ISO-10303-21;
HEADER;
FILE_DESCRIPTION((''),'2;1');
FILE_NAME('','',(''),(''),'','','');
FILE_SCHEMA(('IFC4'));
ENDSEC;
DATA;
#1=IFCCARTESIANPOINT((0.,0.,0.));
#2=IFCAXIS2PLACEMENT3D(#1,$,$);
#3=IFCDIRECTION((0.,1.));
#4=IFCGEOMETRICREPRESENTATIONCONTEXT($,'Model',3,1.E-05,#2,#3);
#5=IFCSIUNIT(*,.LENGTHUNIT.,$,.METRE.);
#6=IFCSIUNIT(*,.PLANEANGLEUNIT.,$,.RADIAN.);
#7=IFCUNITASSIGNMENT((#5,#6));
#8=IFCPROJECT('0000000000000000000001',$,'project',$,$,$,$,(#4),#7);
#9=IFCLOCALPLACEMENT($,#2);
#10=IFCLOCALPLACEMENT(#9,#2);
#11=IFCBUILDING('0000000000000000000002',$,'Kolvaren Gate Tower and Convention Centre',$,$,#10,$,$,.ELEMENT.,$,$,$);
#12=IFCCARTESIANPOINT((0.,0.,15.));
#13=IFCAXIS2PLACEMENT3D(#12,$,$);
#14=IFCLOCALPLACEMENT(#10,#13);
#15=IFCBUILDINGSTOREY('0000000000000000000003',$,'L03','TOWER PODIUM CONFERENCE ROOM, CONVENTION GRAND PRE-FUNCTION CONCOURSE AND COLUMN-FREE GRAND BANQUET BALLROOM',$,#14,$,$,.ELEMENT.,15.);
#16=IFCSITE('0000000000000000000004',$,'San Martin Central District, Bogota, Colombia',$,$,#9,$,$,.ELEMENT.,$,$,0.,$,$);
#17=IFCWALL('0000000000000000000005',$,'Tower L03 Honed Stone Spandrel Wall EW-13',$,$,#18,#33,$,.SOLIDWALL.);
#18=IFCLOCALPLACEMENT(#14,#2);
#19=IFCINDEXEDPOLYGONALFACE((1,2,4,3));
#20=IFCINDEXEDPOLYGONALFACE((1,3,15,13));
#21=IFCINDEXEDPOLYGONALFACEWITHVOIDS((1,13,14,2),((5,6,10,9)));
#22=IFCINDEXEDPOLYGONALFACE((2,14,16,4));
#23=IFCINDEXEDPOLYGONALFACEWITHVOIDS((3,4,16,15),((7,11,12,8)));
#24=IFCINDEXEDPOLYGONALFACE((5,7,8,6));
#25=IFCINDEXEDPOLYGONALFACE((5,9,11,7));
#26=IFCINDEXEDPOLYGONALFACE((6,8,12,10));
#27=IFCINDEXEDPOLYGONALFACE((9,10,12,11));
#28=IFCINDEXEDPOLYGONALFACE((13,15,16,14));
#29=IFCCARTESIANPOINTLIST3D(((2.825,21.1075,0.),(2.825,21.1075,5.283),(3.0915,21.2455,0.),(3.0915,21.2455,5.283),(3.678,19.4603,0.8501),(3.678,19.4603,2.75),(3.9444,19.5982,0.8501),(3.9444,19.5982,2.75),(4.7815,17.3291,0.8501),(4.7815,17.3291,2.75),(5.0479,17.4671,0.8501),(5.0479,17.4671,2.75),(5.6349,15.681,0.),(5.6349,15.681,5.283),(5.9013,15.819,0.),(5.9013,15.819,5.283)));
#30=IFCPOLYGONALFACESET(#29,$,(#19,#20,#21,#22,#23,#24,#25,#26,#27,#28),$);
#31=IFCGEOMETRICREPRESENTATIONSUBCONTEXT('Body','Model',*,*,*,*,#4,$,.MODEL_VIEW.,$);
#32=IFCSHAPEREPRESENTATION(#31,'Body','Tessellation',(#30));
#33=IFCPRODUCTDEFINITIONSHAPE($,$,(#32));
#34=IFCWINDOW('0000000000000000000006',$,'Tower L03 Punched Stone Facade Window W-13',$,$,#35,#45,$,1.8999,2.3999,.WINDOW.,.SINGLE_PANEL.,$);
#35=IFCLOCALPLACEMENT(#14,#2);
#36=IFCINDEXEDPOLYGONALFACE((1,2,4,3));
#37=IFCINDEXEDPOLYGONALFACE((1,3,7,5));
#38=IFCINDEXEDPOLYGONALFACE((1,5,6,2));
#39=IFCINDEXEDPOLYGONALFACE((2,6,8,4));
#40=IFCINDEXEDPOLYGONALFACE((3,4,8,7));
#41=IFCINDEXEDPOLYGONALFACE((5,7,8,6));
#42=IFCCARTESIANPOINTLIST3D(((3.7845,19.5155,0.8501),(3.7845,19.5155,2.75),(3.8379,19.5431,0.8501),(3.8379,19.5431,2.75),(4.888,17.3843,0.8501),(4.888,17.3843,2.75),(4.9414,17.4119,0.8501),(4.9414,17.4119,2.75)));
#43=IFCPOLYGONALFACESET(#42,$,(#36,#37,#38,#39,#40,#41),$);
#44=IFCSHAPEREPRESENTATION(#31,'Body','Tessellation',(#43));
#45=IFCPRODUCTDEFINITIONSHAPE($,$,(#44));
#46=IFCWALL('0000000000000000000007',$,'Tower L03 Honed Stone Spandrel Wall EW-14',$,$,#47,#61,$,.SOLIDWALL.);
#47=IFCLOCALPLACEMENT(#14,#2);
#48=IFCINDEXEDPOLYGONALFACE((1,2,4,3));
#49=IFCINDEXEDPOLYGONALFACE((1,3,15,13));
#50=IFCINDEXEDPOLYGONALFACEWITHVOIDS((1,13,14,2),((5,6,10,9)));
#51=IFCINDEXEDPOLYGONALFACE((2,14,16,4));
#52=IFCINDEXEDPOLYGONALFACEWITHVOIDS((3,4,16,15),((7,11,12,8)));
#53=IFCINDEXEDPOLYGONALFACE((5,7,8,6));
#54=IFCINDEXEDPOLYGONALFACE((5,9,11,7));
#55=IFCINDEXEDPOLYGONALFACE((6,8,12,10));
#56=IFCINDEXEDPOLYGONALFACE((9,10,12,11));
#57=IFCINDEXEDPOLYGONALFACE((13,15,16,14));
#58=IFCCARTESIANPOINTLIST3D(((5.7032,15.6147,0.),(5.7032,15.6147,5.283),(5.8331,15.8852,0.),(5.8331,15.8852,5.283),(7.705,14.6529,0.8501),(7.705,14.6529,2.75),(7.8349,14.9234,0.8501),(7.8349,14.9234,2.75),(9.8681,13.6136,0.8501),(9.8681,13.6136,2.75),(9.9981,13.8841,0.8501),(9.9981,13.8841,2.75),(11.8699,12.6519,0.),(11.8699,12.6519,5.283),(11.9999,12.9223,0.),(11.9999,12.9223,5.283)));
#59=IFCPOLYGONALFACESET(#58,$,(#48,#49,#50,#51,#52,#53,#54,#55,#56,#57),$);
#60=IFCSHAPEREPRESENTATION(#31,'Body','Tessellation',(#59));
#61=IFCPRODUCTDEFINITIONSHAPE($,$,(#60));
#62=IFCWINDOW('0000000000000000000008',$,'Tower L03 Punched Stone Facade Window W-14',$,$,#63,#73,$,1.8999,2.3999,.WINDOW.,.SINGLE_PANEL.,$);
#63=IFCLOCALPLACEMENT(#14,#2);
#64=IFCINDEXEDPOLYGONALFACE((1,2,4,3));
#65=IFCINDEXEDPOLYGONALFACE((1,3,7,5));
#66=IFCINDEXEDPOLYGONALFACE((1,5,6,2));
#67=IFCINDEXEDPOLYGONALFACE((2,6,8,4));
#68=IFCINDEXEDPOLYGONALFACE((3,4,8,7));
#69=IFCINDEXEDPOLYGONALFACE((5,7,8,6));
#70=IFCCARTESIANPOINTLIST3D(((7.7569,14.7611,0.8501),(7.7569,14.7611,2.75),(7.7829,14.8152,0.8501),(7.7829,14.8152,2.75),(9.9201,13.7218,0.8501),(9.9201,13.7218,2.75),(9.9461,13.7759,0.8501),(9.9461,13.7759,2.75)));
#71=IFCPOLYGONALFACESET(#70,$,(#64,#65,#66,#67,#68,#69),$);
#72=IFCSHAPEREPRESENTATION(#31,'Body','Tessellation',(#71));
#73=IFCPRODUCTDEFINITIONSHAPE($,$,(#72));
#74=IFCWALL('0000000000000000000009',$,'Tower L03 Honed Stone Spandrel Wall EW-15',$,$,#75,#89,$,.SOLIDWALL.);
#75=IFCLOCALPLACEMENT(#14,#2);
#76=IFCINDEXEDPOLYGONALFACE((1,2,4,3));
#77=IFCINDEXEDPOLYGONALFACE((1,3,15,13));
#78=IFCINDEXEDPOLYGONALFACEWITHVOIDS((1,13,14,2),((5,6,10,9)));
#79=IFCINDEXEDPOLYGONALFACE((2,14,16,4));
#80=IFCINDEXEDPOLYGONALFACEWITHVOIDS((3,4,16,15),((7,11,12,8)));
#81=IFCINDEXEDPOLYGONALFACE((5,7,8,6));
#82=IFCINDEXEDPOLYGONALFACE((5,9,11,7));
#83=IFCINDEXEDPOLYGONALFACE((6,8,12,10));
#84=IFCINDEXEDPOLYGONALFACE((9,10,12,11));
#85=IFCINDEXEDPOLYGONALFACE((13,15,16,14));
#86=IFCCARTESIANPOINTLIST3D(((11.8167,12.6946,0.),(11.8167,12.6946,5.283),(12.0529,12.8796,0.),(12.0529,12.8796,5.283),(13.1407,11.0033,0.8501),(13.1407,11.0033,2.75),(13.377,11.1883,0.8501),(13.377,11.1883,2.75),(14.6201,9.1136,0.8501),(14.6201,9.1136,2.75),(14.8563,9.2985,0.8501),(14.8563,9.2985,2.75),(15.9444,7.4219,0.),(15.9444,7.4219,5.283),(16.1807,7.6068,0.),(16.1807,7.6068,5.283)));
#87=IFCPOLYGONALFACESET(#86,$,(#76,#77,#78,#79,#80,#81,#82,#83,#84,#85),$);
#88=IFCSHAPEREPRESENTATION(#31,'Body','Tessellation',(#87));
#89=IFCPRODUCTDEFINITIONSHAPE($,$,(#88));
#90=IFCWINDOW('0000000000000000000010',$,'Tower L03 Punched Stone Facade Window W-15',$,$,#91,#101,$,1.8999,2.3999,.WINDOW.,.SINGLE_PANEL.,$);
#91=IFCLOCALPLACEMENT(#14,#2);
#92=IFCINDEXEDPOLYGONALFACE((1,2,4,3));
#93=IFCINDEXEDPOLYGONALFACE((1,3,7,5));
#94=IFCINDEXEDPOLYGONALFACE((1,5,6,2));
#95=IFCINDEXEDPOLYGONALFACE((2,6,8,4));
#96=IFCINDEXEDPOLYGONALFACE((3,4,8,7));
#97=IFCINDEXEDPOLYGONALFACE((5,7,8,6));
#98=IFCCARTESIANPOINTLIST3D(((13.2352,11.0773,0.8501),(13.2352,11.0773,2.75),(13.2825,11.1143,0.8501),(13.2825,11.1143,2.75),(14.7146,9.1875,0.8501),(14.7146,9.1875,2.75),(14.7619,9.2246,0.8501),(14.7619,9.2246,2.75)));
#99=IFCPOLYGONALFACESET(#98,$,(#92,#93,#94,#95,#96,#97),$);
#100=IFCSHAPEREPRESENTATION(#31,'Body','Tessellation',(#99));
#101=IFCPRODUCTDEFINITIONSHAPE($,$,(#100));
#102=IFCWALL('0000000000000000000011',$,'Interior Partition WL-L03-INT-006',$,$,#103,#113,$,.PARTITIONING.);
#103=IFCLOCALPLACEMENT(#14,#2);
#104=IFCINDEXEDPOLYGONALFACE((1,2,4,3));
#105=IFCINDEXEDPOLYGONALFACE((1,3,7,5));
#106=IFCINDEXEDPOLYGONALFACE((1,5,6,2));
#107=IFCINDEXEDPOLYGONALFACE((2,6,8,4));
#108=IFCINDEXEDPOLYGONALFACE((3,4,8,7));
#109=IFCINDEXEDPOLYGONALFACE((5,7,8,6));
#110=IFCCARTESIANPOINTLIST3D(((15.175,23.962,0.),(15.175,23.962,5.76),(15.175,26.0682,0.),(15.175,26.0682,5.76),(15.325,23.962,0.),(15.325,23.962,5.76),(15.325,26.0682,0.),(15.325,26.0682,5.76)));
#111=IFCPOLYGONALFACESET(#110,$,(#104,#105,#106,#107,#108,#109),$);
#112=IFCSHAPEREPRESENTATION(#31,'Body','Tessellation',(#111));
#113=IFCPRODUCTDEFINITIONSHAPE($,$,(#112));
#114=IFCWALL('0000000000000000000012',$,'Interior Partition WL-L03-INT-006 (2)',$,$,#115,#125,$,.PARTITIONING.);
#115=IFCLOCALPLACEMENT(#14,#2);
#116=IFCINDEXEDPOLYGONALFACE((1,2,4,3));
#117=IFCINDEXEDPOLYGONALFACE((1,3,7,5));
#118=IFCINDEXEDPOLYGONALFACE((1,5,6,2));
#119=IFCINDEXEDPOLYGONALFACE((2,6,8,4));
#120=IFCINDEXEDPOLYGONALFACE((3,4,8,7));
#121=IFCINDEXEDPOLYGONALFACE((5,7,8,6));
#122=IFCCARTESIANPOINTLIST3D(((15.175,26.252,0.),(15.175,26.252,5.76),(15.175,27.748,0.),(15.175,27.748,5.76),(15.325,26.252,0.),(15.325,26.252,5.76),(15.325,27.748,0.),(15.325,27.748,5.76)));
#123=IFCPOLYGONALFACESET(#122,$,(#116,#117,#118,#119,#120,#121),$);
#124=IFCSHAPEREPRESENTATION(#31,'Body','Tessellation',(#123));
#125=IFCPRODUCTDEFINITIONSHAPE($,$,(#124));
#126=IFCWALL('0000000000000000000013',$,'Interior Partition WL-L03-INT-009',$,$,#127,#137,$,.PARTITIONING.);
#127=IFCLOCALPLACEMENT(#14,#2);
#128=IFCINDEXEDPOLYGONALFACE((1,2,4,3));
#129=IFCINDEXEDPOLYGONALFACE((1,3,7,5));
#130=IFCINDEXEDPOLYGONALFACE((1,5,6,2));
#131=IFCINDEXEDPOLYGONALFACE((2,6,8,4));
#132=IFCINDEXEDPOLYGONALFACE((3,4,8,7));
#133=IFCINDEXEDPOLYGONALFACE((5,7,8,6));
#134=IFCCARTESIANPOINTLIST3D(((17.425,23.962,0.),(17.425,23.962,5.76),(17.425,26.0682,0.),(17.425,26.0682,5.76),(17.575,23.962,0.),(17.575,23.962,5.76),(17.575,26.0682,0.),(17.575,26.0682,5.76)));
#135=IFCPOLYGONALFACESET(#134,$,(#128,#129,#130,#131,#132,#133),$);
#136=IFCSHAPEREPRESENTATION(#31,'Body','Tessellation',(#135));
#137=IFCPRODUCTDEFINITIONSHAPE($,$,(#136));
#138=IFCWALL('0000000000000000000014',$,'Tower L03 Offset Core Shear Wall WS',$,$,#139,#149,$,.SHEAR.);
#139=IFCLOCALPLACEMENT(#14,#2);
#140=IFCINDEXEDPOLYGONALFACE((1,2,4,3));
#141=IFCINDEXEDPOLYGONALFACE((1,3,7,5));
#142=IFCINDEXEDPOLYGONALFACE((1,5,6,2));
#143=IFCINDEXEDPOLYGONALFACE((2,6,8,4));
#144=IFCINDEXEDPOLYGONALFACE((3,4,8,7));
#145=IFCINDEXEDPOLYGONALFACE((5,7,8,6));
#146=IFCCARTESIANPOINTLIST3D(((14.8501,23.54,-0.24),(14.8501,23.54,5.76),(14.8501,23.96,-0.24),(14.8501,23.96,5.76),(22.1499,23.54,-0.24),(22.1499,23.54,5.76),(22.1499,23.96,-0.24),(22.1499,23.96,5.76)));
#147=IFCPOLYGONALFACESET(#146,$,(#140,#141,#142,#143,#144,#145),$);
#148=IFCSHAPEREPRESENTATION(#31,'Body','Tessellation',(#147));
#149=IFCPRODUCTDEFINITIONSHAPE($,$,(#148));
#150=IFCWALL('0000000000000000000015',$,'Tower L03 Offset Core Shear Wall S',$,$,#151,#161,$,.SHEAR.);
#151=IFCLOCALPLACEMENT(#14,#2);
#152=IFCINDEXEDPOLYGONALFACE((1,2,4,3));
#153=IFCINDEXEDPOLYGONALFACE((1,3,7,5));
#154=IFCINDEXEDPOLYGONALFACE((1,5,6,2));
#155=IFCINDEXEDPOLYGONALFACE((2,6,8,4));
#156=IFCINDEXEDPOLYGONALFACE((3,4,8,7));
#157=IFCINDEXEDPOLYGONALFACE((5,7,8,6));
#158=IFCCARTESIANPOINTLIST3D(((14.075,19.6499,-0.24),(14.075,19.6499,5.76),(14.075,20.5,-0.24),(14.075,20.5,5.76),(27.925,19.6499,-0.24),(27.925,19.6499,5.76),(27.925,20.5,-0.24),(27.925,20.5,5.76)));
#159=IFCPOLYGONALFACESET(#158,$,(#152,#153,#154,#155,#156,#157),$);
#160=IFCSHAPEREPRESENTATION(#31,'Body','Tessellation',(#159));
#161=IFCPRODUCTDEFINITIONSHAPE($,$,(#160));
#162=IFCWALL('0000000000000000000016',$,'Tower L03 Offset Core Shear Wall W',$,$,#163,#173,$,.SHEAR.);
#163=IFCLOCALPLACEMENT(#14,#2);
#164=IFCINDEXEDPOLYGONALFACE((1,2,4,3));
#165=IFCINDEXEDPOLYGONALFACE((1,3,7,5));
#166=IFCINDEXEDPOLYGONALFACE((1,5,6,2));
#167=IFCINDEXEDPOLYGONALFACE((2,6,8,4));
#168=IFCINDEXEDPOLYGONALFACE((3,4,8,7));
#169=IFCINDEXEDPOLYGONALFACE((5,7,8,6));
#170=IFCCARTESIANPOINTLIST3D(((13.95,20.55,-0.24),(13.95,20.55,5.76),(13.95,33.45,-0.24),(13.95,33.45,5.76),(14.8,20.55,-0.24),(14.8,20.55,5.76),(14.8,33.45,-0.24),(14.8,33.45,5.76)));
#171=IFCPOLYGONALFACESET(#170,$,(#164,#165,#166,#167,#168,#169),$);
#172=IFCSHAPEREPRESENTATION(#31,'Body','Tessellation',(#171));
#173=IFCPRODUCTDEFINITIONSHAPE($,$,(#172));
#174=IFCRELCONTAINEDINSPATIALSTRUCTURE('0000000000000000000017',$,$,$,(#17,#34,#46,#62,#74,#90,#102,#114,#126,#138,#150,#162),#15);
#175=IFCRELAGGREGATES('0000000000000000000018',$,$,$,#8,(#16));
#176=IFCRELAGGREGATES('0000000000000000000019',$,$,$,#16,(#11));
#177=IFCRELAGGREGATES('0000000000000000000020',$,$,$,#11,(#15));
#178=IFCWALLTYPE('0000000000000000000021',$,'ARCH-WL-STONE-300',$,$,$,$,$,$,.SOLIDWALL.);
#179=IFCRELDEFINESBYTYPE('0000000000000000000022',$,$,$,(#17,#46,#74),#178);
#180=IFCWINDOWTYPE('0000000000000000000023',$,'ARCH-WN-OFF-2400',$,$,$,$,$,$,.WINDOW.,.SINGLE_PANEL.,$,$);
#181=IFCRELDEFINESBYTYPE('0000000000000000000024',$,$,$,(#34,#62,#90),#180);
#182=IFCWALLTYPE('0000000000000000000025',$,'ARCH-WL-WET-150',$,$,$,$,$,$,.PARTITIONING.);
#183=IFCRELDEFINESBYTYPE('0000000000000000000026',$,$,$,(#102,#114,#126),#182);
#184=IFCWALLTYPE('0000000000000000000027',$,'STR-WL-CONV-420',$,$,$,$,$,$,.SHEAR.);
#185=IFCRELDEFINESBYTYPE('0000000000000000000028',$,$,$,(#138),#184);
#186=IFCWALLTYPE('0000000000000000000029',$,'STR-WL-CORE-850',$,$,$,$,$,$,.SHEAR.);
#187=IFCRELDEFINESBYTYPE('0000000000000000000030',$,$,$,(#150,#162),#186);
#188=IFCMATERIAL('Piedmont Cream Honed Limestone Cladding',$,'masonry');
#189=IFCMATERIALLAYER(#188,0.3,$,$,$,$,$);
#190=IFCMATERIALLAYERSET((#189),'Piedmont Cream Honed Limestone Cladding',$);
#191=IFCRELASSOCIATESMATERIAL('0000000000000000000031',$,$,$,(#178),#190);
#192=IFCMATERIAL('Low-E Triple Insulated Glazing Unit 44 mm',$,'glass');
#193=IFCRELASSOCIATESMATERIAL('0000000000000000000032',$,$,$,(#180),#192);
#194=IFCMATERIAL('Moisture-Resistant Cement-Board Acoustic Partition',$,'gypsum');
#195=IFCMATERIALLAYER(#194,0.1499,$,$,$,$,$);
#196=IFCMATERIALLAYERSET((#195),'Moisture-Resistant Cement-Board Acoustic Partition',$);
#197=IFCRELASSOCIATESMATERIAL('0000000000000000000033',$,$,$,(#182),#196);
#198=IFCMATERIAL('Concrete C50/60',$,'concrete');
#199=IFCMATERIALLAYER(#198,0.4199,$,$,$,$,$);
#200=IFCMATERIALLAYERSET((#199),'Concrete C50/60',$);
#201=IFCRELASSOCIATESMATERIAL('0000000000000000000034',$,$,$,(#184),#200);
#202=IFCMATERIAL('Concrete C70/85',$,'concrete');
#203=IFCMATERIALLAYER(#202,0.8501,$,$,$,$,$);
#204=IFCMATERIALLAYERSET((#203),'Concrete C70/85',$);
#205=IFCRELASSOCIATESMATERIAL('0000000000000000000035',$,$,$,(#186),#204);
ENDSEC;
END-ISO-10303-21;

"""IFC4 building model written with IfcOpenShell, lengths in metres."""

from ifc_helpers import new_model, si_unit, direction, frame, frame_2d, origin, place, context, subcontext, project, spatial, rectangle, extrude, material, layer, layer_set, type_object, element, fill, save


model = new_model("IFC4")

# Units and contexts
model_context = context("Model", 3, precision=1e-05, world=origin(), true_north=direction((0.0, 1.0)))
body_context = subcontext(model_context, "Body", "Model", "MODEL_VIEW")
ifc_project = project(units=[si_unit("LENGTHUNIT", "METRE"), si_unit("PLANEANGLEUNIT", "RADIAN")], contexts=[model_context])

# Site, building, storey
site_placement = place(None, origin())
site = spatial("IfcSite", under=ifc_project, at=site_placement, Name="San Martin Central District, Bogota, Colombia", CompositionType="ELEMENT", RefElevation=0.0)
building_placement = place(site_placement, origin())
building = spatial("IfcBuilding", under=site, at=building_placement, Name="Kolvaren Gate Tower and Convention Centre", CompositionType="ELEMENT")
storey_placement = place(building_placement, frame((0.0, 0.0, 15.0)))
storey = spatial("IfcBuildingStorey", under=building, at=storey_placement, Name="L03", Description="TOWER PODIUM CONFERENCE ROOM, CONVENTION GRAND PRE-FUNCTION CONCOURSE AND COLUMN-FREE GRAND BANQUET BALLROOM", CompositionType="ELEMENT", Elevation=15.0)

# Shared definitions
ifc_material_1 = material(Name="Concrete C70/85", Category="concrete")

# Walls, openings, windows
ifc_material_2 = material(Name="Piedmont Cream Honed Limestone Cladding", Category="masonry")
ifc_layer_1 = layer(ifc_material_2, 0.3)
ifc_layer_set_1 = layer_set([ifc_layer_1], Name="Piedmont Cream Honed Limestone Cladding")
wall_type_1 = type_object("IfcWallType", Name="ARCH-WL-STONE-300", PredefinedType="SOLIDWALL", material=ifc_layer_set_1)
wall_1_placement = place(storey_placement, frame((2.9583, 21.1765, 0.0), z_axis=(0.0, 0.0, 1.0), x_axis=(0.45981, -0.888017, 0.0)))
wall_1 = element("IfcWall", 1, at=wall_1_placement, inside=storey, type_object=wall_type_1, Name="Tower L03 Honed Stone Spandrel Wall EW-13", PredefinedType="SOLIDWALL", context=body_context, shape_type="SweptSolid", body=[
    extrude(rectangle(XDim=6.1108, YDim=0.3, at=frame_2d((3.0554, 0.0))), origin(), (0.0, 0.0, 1.0), 5.283),
])
opening_1_placement = place(wall_1_placement, frame((1.855, 0.0, 0.8501)))
opening_1 = element("IfcOpeningElement", 2, at=opening_1_placement, cuts=wall_1, PredefinedType="OPENING", context=body_context, shape_type="SweptSolid", body=[
    extrude(rectangle(XDim=2.3999, YDim=1.8999, at=frame_2d((1.2, 0.95))), frame((0.0, 0.1599, 0.0), z_axis=(0.0, -1.0, 0.0), x_axis=(1.0, 0.0, 0.0)), (0.0, 0.0, 1.0), 0.3201),
])
ifc_material_3 = material(Name="Low-E Triple Insulated Glazing Unit 44 mm", Category="glass")
window_type = type_object("IfcWindowType", Name="ARCH-WN-OFF-2400", PartitioningType="SINGLE_PANEL", PredefinedType="WINDOW", material=ifc_material_3)
window_1_placement = place(opening_1_placement, origin())
window_1 = element("IfcWindow", 3, at=window_1_placement, inside=storey, type_object=window_type, Name="Tower L03 Punched Stone Facade Window W-13", OverallHeight=1.8999, OverallWidth=2.3999, PartitioningType="SINGLE_PANEL", PredefinedType="WINDOW", context=body_context, shape_type="SweptSolid", body=[
    extrude(rectangle(XDim=2.3999, YDim=1.8999, at=frame_2d((1.2, 0.95))), frame((0.0, 0.03, 0.0), z_axis=(0.0, -1.0, 0.0), x_axis=(1.0, 0.0, 0.0)), (0.0, 0.0, 1.0), 0.0601),
])
fill(opening_1, window_1)
wall_2_placement = place(storey_placement, frame((5.7681, 15.75, 0.0), z_axis=(0.0, 0.0, 1.0), x_axis=(0.90136, -0.43307, 0.0)))
wall_2 = element("IfcWall", 4, at=wall_2_placement, inside=storey, type_object=wall_type_1, Name="Tower L03 Honed Stone Spandrel Wall EW-14", PredefinedType="SOLIDWALL", context=body_context, shape_type="SweptSolid", body=[
    extrude(rectangle(XDim=6.8416, YDim=0.3, at=frame_2d((3.4209, 0.0))), origin(), (0.0, 0.0, 1.0), 5.283),
])
opening_2_placement = place(wall_2_placement, frame((2.2209, 0.0, 0.8501)))
opening_2 = element("IfcOpeningElement", 5, at=opening_2_placement, cuts=wall_2, PredefinedType="OPENING", context=body_context, shape_type="SweptSolid", body=[
    extrude(rectangle(XDim=2.3999, YDim=1.8999, at=frame_2d((1.2, 0.95))), frame((0.0, 0.1599, 0.0), z_axis=(0.0, -1.0, 0.0), x_axis=(1.0, 0.0, 0.0)), (0.0, 0.0, 1.0), 0.3201),
])
window_2_placement = place(opening_2_placement, origin())
window_2 = element("IfcWindow", 6, at=window_2_placement, inside=storey, type_object=window_type, Name="Tower L03 Punched Stone Facade Window W-14", OverallHeight=1.8999, OverallWidth=2.3999, PartitioningType="SINGLE_PANEL", PredefinedType="WINDOW", context=body_context, shape_type="SweptSolid", body=[
    extrude(rectangle(XDim=2.3999, YDim=1.8999, at=frame_2d((1.2, 0.95))), frame((0.0, 0.03, 0.0), z_axis=(0.0, -1.0, 0.0), x_axis=(1.0, 0.0, 0.0)), (0.0, 0.0, 1.0), 0.0601),
])
fill(opening_2, window_2)
wall_3_placement = place(storey_placement, frame((11.9348, 12.7871, 0.0), z_axis=(0.0, 0.0, 1.0), x_axis=(0.616421, -0.787417, 0.0)))
wall_3 = element("IfcWall", 7, at=wall_3_placement, inside=storey, type_object=wall_type_1, Name="Tower L03 Honed Stone Spandrel Wall EW-15", PredefinedType="SOLIDWALL", context=body_context, shape_type="SweptSolid", body=[
    extrude(rectangle(XDim=6.6963, YDim=0.3, at=frame_2d((3.3481, 0.0))), origin(), (0.0, 0.0, 1.0), 5.283),
])
opening_3_placement = place(wall_3_placement, frame((2.1479, 0.0, 0.8501)))
opening_3 = element("IfcOpeningElement", 8, at=opening_3_placement, cuts=wall_3, PredefinedType="OPENING", context=body_context, shape_type="SweptSolid", body=[
    extrude(rectangle(XDim=2.3999, YDim=1.8999, at=frame_2d((1.2, 0.95))), frame((0.0, 0.1599, 0.0), z_axis=(0.0, -1.0, 0.0), x_axis=(1.0, 0.0, 0.0)), (0.0, 0.0, 1.0), 0.3201),
])
window_3_placement = place(opening_3_placement, origin())
window_3 = element("IfcWindow", 9, at=window_3_placement, inside=storey, type_object=window_type, Name="Tower L03 Punched Stone Facade Window W-15", OverallHeight=1.8999, OverallWidth=2.3999, PartitioningType="SINGLE_PANEL", PredefinedType="WINDOW", context=body_context, shape_type="SweptSolid", body=[
    extrude(rectangle(XDim=2.3999, YDim=1.8999, at=frame_2d((1.2, 0.95))), frame((0.0, 0.03, 0.0), z_axis=(0.0, -1.0, 0.0), x_axis=(1.0, 0.0, 0.0)), (0.0, 0.0, 1.0), 0.0601),
])
fill(opening_3, window_3)

# Walls
ifc_material_4 = material(Name="Moisture-Resistant Cement-Board Acoustic Partition", Category="gypsum")
ifc_layer_2 = layer(ifc_material_4, 0.1499)
ifc_layer_set_2 = layer_set([ifc_layer_2], Name="Moisture-Resistant Cement-Board Acoustic Partition")
wall_type_2 = type_object("IfcWallType", Name="ARCH-WL-WET-150", PredefinedType="PARTITIONING", material=ifc_layer_set_2)
wall_4_placement = place(storey_placement, frame((15.25, 23.9619, 0.0), z_axis=(0.0, 0.0, 1.0), x_axis=(0.0, 1.0, 0.0)))
element("IfcWall", 10, at=wall_4_placement, inside=storey, type_object=wall_type_2, Name="Interior Partition WL-L03-INT-006", PredefinedType="PARTITIONING", context=body_context, shape_type="SweptSolid", body=[
    extrude(rectangle(XDim=2.1062, YDim=0.1499, at=frame_2d((1.0532, 0.0))), origin(), (0.0, 0.0, 1.0), 5.76),
])
wall_5_placement = place(storey_placement, frame((15.25, 26.252, 0.0), z_axis=(0.0, 0.0, 1.0), x_axis=(0.0, 1.0, 0.0)))
element("IfcWall", 11, at=wall_5_placement, inside=storey, type_object=wall_type_2, Name="Interior Partition WL-L03-INT-006 (2)", PredefinedType="PARTITIONING", context=body_context, shape_type="SweptSolid", body=[
    extrude(rectangle(XDim=1.4961, YDim=0.1499, at=frame_2d((0.748, 0.0))), origin(), (0.0, 0.0, 1.0), 5.76),
])
wall_6_placement = place(storey_placement, frame((17.5, 23.9619, 0.0), z_axis=(0.0, 0.0, 1.0), x_axis=(0.0, 1.0, 0.0)))
element("IfcWall", 12, at=wall_6_placement, inside=storey, type_object=wall_type_2, Name="Interior Partition WL-L03-INT-009", PredefinedType="PARTITIONING", context=body_context, shape_type="SweptSolid", body=[
    extrude(rectangle(XDim=2.1062, YDim=0.1499, at=frame_2d((1.0532, 0.0))), origin(), (0.0, 0.0, 1.0), 5.76),
])
ifc_material_5 = material(Name="Concrete C50/60", Category="concrete")
ifc_layer_3 = layer(ifc_material_5, 0.4199)
ifc_layer_set_3 = layer_set([ifc_layer_3], Name="Concrete C50/60")
wall_type_3 = type_object("IfcWallType", Name="STR-WL-CONV-420", PredefinedType="SHEAR", material=ifc_layer_set_3)
wall_7_placement = place(storey_placement, frame((14.8501, 23.75, -0.24), z_axis=(0.0, 0.0, 1.0), x_axis=(1.0, 0.0, 0.0)))
element("IfcWall", 13, at=wall_7_placement, inside=storey, type_object=wall_type_3, Name="Tower L03 Offset Core Shear Wall WS", PredefinedType="SHEAR", context=body_context, shape_type="SweptSolid", body=[
    extrude(rectangle(XDim=7.2998, YDim=0.4199, at=frame_2d((3.6499, 0.0))), origin(), (0.0, 0.0, 1.0), 6.0),
])
ifc_layer_4 = layer(ifc_material_1, 0.8501)
ifc_layer_set_4 = layer_set([ifc_layer_4], Name="Concrete C70/85")
wall_type_4 = type_object("IfcWallType", Name="STR-WL-CORE-850", PredefinedType="SHEAR", material=ifc_layer_set_4)
wall_8_placement = place(storey_placement, frame((14.075, 20.075, -0.24), z_axis=(0.0, 0.0, 1.0), x_axis=(1.0, 0.0, 0.0)))
element("IfcWall", 14, at=wall_8_placement, inside=storey, type_object=wall_type_4, Name="Tower L03 Offset Core Shear Wall S", PredefinedType="SHEAR", context=body_context, shape_type="SweptSolid", body=[
    extrude(rectangle(XDim=13.8501, YDim=0.8501, at=frame_2d((6.925, 0.0))), origin(), (0.0, 0.0, 1.0), 6.0),
])
wall_9_placement = place(storey_placement, frame((14.375, 20.55, -0.24), z_axis=(0.0, 0.0, 1.0), x_axis=(0.0, 1.0, 0.0)))
element("IfcWall", 15, at=wall_9_placement, inside=storey, type_object=wall_type_4, Name="Tower L03 Offset Core Shear Wall W", PredefinedType="SHEAR", context=body_context, shape_type="SweptSolid", body=[
    extrude(rectangle(XDim=12.8999, YDim=0.8501, at=frame_2d((6.45, 0.0))), origin(), (0.0, 0.0, 1.0), 6.0),
])

save(model, "model.ifc")
